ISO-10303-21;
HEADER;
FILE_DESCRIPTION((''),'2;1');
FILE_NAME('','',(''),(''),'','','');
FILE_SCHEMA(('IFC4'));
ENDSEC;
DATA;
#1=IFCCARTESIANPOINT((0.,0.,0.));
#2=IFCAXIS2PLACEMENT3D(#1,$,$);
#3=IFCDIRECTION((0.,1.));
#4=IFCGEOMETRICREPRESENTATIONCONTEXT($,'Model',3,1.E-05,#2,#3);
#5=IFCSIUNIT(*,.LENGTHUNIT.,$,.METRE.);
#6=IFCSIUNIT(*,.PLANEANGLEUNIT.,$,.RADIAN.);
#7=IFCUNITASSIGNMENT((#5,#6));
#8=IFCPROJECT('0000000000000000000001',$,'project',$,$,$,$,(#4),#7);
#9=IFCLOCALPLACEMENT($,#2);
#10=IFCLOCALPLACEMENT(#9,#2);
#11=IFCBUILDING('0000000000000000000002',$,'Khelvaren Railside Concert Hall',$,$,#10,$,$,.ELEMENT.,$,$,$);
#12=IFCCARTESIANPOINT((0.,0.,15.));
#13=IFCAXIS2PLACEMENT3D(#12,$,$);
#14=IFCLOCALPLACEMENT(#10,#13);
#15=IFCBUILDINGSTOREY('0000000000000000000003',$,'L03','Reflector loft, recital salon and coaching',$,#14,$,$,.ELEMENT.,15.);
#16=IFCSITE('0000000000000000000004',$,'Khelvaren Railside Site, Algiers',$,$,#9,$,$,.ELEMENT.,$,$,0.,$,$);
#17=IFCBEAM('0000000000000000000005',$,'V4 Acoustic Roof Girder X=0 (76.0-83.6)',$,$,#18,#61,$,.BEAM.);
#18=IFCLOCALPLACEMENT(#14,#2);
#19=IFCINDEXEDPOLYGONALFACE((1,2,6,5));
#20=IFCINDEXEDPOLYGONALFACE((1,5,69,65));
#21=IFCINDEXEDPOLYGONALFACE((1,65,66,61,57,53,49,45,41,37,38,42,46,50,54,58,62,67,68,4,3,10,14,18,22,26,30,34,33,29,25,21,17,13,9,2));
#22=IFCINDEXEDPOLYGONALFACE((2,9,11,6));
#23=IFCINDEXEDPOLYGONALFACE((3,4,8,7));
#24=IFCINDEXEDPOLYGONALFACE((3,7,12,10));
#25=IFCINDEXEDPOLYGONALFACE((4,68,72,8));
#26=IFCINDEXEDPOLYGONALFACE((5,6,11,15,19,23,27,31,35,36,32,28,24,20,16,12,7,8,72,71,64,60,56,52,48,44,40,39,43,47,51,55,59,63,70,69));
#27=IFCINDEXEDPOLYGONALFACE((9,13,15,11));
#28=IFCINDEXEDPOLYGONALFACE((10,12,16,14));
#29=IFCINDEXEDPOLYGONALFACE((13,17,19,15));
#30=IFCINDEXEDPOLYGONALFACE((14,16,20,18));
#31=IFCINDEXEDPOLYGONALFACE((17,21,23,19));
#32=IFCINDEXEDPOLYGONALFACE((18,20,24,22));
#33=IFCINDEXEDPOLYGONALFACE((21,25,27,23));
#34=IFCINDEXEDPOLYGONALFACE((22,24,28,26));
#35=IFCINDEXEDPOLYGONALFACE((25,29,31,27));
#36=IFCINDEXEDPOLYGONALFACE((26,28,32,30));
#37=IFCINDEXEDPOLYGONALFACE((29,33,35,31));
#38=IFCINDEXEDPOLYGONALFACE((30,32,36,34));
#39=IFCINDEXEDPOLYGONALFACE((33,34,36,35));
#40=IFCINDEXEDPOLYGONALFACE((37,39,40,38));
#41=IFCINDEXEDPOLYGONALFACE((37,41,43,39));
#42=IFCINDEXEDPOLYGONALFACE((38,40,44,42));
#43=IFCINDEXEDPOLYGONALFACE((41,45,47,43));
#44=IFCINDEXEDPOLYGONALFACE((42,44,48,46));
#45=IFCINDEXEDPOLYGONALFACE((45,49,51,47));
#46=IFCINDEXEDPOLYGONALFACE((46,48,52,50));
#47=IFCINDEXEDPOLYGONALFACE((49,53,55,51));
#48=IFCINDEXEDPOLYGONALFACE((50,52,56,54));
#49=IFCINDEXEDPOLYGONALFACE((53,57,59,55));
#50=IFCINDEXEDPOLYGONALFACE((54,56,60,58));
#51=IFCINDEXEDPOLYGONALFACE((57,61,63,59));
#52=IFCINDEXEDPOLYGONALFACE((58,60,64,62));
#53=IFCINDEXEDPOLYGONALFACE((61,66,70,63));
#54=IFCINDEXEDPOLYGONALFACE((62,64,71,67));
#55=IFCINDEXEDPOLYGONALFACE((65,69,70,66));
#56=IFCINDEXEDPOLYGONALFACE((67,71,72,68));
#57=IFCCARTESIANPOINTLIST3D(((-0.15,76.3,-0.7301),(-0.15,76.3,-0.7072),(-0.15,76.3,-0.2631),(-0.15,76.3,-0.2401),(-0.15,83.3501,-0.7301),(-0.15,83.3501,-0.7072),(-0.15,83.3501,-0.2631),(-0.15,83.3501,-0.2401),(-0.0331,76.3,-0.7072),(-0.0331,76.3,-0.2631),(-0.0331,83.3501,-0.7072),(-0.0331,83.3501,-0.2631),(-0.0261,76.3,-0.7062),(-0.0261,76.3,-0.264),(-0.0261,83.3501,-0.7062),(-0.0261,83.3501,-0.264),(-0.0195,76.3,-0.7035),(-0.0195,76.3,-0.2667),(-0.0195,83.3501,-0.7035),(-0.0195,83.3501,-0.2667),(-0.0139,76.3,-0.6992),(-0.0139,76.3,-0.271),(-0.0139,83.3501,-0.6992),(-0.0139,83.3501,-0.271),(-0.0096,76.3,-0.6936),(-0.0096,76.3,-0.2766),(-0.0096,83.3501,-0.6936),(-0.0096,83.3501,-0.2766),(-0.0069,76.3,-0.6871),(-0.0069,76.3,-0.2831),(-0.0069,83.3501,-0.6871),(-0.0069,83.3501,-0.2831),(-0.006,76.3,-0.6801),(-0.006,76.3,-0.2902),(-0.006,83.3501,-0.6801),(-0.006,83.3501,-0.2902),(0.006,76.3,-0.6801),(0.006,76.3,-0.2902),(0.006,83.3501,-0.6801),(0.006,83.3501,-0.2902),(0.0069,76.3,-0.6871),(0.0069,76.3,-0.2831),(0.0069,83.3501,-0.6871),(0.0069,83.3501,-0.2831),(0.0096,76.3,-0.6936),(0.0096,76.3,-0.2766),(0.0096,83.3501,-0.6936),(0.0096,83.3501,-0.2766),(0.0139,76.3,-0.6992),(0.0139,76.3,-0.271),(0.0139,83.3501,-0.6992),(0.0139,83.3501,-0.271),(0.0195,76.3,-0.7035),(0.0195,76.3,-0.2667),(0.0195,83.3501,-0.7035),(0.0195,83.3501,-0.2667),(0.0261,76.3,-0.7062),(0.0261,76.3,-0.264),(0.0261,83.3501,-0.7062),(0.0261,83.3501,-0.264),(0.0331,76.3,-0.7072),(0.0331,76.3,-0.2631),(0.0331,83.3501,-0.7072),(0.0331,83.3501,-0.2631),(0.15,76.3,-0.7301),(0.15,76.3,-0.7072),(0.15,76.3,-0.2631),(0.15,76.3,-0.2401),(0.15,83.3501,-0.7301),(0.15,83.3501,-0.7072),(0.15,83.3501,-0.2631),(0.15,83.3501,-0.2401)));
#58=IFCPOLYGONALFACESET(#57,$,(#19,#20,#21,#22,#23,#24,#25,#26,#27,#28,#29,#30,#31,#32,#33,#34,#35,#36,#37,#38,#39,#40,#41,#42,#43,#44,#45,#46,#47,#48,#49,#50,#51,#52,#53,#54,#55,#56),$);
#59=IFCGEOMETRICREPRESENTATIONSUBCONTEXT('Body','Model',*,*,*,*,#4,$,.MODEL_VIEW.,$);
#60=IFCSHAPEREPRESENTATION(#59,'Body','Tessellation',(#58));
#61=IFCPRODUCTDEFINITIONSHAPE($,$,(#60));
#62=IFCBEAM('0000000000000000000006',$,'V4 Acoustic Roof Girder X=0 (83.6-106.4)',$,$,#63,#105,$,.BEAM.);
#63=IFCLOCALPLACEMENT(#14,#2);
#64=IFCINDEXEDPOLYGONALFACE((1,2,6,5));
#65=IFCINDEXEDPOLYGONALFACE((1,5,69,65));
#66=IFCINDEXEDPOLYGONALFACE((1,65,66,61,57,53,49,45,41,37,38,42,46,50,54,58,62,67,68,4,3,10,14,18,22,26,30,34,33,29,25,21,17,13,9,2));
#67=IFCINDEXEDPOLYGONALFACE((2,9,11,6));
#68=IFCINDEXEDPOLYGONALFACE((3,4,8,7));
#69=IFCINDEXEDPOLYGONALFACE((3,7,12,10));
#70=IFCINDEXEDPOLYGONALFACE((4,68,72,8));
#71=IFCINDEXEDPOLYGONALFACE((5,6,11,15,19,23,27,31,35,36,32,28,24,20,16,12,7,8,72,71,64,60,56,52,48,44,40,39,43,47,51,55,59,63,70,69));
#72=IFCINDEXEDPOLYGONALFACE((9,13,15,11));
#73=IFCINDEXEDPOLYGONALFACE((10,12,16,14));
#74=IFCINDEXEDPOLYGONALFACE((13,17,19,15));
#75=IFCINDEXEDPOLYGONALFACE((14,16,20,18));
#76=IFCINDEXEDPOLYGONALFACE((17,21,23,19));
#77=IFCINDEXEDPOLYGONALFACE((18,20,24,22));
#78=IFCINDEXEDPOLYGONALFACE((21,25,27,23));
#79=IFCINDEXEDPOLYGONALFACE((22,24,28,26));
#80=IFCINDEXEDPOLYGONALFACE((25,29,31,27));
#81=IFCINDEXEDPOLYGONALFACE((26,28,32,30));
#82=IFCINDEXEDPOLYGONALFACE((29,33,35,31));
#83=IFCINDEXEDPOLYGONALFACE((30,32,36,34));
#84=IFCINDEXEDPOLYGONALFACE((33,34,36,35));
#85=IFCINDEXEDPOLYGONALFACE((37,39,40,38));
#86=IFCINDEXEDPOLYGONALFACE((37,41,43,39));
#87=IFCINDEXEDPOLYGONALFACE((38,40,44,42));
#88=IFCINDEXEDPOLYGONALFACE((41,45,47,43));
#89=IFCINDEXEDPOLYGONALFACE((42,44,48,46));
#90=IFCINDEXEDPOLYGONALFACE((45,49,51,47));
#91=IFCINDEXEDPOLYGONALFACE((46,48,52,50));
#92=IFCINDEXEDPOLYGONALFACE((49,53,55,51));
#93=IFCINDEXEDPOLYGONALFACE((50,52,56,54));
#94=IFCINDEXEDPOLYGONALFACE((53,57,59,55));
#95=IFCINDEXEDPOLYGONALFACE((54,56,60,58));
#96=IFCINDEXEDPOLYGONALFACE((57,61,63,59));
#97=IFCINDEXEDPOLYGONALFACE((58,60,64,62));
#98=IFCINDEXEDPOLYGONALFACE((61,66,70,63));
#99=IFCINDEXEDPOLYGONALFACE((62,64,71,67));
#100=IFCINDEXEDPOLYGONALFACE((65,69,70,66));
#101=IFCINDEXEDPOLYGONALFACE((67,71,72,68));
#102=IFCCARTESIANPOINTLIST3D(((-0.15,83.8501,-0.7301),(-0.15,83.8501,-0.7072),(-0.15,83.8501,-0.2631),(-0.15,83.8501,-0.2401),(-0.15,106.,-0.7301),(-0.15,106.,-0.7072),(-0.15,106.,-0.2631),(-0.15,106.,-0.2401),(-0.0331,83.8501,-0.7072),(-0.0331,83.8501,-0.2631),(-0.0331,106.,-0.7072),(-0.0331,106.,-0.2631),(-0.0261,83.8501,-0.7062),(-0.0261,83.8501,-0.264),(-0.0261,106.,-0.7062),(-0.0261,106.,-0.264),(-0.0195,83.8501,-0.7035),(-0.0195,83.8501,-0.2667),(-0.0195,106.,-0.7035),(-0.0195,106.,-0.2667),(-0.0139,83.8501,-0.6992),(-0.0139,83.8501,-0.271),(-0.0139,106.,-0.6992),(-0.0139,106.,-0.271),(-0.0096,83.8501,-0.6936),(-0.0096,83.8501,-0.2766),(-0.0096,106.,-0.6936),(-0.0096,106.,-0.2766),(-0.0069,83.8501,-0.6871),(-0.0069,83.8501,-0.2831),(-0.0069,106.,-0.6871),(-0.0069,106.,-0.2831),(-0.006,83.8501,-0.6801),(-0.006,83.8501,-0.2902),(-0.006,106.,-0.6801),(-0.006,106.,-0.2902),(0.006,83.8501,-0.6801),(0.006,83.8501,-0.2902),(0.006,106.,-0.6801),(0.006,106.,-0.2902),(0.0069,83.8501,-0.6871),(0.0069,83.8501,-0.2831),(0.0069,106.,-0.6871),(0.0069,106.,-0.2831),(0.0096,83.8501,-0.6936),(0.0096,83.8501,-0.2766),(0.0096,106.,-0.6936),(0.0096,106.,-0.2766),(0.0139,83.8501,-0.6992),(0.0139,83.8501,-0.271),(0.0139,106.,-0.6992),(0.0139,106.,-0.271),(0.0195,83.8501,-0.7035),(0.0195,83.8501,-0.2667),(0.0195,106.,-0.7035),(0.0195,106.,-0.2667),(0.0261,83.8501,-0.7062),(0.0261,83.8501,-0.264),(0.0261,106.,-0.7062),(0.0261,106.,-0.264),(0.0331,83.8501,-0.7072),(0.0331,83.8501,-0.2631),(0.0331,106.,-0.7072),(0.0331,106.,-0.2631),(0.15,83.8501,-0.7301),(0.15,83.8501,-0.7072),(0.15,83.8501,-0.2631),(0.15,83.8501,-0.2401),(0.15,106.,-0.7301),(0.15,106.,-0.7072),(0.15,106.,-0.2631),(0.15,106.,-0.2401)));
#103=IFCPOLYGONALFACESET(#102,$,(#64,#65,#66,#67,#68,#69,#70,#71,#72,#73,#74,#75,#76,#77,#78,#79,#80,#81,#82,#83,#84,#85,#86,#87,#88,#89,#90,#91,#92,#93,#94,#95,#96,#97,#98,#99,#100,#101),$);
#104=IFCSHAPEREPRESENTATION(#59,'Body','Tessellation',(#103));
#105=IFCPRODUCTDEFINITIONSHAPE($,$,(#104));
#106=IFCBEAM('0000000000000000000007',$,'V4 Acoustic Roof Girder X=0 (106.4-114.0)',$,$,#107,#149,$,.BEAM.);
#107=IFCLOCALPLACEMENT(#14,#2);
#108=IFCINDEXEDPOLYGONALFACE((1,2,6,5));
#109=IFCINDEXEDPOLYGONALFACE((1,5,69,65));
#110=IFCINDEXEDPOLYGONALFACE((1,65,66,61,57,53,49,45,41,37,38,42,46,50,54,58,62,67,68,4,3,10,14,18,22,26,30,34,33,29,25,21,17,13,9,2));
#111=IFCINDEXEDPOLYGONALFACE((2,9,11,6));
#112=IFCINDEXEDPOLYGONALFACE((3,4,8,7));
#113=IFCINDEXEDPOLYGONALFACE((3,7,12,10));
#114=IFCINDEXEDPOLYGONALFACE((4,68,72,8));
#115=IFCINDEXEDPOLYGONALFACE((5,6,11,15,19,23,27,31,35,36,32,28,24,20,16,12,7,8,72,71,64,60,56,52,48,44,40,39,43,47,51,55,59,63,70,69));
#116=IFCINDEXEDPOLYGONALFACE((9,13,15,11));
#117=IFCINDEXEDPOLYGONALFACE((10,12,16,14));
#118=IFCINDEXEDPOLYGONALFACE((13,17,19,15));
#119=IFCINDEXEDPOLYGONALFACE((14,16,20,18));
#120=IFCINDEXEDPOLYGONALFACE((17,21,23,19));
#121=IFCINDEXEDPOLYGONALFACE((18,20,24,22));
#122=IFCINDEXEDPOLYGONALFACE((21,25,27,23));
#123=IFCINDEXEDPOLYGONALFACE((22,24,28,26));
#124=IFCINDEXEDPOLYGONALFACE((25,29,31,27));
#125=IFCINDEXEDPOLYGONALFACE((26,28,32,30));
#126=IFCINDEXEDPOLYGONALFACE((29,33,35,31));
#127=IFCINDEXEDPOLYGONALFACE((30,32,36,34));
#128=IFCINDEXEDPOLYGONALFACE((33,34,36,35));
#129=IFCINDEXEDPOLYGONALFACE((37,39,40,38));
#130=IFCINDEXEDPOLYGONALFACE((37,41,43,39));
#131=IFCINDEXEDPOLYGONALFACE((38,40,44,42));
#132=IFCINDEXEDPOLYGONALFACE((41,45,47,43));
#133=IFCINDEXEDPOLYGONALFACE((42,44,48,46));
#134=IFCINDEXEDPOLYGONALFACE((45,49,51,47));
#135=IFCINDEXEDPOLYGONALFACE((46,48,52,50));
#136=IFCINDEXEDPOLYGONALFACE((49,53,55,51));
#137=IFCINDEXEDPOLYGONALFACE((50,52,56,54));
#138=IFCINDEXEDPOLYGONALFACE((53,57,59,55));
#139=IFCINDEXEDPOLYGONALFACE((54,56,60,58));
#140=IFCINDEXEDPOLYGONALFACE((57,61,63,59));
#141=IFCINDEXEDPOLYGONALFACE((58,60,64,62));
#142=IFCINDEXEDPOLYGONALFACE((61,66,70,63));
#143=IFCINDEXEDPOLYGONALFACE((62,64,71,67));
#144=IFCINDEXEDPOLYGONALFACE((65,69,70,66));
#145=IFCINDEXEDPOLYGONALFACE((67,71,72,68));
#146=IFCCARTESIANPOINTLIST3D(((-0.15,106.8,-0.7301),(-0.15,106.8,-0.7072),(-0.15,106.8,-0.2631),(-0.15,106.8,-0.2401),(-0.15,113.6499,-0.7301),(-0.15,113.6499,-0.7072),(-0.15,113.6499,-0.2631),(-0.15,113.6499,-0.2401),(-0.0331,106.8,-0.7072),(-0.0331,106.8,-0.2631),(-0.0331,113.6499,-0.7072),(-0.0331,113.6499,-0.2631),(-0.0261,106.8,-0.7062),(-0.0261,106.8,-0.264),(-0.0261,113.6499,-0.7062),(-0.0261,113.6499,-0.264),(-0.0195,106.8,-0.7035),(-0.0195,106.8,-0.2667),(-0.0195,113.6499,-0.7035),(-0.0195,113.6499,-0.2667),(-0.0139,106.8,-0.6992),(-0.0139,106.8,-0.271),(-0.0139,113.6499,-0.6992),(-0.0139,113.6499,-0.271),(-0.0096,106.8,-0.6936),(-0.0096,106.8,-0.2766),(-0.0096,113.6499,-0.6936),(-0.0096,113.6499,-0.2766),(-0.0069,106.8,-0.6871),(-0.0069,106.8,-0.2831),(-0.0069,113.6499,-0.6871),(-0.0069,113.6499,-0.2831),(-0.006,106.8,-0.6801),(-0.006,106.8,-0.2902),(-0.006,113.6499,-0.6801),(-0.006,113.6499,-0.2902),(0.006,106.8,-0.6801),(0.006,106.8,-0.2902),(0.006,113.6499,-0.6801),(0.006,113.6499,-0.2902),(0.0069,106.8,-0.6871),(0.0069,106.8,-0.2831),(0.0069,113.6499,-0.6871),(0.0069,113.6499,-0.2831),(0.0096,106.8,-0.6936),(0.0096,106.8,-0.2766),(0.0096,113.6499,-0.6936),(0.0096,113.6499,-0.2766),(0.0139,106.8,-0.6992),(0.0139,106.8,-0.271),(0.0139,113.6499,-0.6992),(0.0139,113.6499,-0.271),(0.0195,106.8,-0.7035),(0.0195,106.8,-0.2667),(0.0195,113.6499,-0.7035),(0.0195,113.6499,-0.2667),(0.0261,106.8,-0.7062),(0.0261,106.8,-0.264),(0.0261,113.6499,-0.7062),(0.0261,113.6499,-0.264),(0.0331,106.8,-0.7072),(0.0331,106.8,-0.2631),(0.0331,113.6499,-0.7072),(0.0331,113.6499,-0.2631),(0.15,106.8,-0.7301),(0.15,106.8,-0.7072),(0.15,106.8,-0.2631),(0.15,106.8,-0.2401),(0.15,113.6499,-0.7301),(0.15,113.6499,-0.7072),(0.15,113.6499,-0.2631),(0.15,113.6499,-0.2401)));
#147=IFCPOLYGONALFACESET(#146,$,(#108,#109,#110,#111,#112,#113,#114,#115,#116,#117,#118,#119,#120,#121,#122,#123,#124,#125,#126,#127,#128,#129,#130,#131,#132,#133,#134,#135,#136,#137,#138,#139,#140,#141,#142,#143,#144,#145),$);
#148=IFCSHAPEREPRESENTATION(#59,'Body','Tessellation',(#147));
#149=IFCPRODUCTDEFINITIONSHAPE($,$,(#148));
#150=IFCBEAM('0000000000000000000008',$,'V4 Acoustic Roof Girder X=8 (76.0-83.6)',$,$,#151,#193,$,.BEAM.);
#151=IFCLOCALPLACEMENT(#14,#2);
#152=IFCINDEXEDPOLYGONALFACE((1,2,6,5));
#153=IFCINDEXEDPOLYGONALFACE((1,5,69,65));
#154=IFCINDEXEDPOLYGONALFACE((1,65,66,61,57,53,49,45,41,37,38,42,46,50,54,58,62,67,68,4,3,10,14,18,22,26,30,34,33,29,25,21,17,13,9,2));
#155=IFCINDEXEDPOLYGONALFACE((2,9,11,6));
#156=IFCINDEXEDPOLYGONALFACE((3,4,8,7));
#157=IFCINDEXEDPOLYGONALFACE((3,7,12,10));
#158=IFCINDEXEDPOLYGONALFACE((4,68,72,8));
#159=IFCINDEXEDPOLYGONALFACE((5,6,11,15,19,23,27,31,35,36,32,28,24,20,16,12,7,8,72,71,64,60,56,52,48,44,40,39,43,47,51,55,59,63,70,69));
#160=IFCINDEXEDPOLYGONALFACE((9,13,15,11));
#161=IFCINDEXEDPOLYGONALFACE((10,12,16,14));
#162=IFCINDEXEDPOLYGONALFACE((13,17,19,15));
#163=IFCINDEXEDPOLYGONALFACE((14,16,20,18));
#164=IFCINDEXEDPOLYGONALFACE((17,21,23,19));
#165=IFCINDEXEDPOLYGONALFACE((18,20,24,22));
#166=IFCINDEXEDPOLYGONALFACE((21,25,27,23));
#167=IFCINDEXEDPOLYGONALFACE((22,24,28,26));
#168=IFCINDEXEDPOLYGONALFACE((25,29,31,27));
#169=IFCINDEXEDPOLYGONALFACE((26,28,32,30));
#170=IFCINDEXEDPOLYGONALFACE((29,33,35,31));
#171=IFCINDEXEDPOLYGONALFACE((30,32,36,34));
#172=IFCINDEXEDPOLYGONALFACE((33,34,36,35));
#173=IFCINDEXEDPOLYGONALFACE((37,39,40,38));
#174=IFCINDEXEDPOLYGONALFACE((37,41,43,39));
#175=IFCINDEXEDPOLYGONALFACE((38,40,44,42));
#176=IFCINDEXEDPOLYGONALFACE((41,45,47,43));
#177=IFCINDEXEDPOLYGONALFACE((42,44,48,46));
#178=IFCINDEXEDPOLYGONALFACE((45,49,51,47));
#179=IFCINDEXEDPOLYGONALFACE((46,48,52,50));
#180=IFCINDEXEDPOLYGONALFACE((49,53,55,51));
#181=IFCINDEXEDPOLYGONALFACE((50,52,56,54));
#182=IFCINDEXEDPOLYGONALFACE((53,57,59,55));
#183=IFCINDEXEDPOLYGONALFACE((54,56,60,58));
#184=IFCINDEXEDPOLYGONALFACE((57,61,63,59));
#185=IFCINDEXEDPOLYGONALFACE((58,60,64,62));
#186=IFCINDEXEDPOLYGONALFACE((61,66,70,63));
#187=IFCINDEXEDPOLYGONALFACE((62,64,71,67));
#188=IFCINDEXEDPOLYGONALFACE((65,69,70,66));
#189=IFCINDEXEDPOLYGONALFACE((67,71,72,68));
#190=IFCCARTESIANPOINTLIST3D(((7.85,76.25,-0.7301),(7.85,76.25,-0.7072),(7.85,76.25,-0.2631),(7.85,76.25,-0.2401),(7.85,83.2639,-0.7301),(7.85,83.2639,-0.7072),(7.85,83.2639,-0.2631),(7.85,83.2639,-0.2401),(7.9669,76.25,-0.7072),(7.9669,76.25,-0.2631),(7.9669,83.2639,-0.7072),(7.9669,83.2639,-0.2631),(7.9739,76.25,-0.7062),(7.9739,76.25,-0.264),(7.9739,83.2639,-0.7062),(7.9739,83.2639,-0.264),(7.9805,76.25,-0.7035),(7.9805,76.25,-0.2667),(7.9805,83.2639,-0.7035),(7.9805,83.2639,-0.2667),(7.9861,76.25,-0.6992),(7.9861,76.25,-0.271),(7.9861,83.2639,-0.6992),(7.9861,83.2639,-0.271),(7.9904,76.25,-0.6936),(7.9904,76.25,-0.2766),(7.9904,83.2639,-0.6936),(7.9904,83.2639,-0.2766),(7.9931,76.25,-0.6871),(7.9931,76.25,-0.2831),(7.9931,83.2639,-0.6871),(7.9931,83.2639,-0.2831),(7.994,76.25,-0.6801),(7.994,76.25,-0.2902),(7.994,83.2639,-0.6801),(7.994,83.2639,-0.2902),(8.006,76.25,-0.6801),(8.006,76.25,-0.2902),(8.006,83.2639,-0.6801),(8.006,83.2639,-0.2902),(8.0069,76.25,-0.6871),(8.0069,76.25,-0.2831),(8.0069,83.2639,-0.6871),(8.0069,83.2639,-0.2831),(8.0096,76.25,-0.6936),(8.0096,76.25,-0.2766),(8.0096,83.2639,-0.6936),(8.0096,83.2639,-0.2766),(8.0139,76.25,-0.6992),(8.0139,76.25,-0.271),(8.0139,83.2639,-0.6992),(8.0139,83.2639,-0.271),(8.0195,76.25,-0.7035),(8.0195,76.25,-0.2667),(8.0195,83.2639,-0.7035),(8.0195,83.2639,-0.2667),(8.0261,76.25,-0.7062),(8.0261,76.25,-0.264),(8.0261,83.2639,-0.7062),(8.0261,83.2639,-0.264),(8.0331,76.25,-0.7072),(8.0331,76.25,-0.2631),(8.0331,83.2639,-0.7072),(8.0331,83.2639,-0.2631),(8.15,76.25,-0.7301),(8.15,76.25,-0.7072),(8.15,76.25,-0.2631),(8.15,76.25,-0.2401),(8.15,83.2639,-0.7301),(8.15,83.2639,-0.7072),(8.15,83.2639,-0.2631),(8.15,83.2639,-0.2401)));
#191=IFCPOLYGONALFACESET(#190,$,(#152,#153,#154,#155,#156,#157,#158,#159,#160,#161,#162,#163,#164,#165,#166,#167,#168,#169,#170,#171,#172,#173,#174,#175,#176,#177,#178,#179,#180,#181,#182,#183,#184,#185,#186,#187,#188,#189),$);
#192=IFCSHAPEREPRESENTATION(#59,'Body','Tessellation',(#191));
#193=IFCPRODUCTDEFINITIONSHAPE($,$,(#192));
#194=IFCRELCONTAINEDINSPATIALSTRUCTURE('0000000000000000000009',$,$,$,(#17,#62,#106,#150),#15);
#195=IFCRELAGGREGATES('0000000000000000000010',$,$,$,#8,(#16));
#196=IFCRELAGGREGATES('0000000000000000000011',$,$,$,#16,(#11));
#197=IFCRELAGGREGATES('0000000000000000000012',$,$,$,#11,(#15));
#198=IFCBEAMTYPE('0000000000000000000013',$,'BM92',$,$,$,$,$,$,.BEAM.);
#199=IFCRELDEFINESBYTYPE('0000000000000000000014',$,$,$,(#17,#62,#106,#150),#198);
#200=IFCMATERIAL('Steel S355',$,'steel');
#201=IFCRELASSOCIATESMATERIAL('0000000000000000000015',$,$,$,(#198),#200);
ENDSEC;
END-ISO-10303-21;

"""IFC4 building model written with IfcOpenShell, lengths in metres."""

from ifc_helpers import new_model, si_unit, direction, frame, origin, origin_2d, place, context, subcontext, project, spatial, i_section, extrude, material, material_profile, profile_set, type_object, element, save


model = new_model("IFC4")

# Units and contexts
model_context = context("Model", 3, precision=1e-05, world=origin(), true_north=direction((0.0, 1.0)))
body_context = subcontext(model_context, "Body", "Model", "MODEL_VIEW")
ifc_project = project(units=[si_unit("LENGTHUNIT", "METRE"), si_unit("PLANEANGLEUNIT", "RADIAN")], contexts=[model_context])

# Site, building, storey
site_placement = place(None, origin())
site = spatial("IfcSite", under=ifc_project, at=site_placement, Name="Khelvaren Railside Site, Algiers", CompositionType="ELEMENT", RefElevation=0.0)
building_placement = place(site_placement, origin())
building = spatial("IfcBuilding", under=site, at=building_placement, Name="Khelvaren Railside Concert Hall", CompositionType="ELEMENT")
storey_placement = place(building_placement, frame((0.0, 0.0, 15.0)))
storey = spatial("IfcBuildingStorey", under=building, at=storey_placement, Name="L03", Description="Reflector loft, recital salon and coaching", CompositionType="ELEMENT", Elevation=15.0)

# Beams
ifc_material_1 = material(Name="Steel S355", Category="steel")
ifc_material_profile_1 = material_profile(ifc_material_1, i_section(OverallWidth=0.3, OverallDepth=0.49, WebThickness=0.012, FlangeThickness=0.0229, FilletRadius=0.0271, at=origin_2d()), Name="HEA 500")
ifc_profile_set_1 = profile_set([ifc_material_profile_1], Name="Steel S355")
beam_type = type_object("IfcBeamType", Name="BM92", PredefinedType="BEAM", material=ifc_profile_set_1)
beam_1_placement = place(storey_placement, frame((0.0, 76.3, -0.4851), z_axis=(0.0, 1.0, 0.0), x_axis=(-1.0, 0.0, 0.0)))
element("IfcBeam", 1, at=beam_1_placement, inside=storey, type_object=beam_type, Name="V4 Acoustic Roof Girder X=0 (76.0-83.6)", PredefinedType="BEAM", context=body_context, shape_type="SweptSolid", body=[
    extrude(i_section(OverallWidth=0.3, OverallDepth=0.49, WebThickness=0.012, FlangeThickness=0.0229, FilletRadius=0.0271, at=origin_2d()), origin(), (0.0, 0.0, 1.0), 7.05),
])
beam_2_placement = place(storey_placement, frame((0.0, 83.8501, -0.4851), z_axis=(0.0, 1.0, 0.0), x_axis=(-1.0, 0.0, 0.0)))
element("IfcBeam", 2, at=beam_2_placement, inside=storey, type_object=beam_type, Name="V4 Acoustic Roof Girder X=0 (83.6-106.4)", PredefinedType="BEAM", context=body_context, shape_type="SweptSolid", body=[
    extrude(i_section(OverallWidth=0.3, OverallDepth=0.49, WebThickness=0.012, FlangeThickness=0.0229, FilletRadius=0.0271, at=origin_2d()), origin(), (0.0, 0.0, 1.0), 22.1499),
])
beam_3_placement = place(storey_placement, frame((0.0, 106.8, -0.4851), z_axis=(0.0, 1.0, 0.0), x_axis=(-1.0, 0.0, 0.0)))
element("IfcBeam", 3, at=beam_3_placement, inside=storey, type_object=beam_type, Name="V4 Acoustic Roof Girder X=0 (106.4-114.0)", PredefinedType="BEAM", context=body_context, shape_type="SweptSolid", body=[
    extrude(i_section(OverallWidth=0.3, OverallDepth=0.49, WebThickness=0.012, FlangeThickness=0.0229, FilletRadius=0.0271, at=origin_2d()), origin(), (0.0, 0.0, 1.0), 6.8499),
])
beam_4_placement = place(storey_placement, frame((8.0, 76.25, -0.4851), z_axis=(0.0, 1.0, 0.0), x_axis=(-1.0, 0.0, 0.0)))
element("IfcBeam", 4, at=beam_4_placement, inside=storey, type_object=beam_type, Name="V4 Acoustic Roof Girder X=8 (76.0-83.6)", PredefinedType="BEAM", context=body_context, shape_type="SweptSolid", body=[
    extrude(i_section(OverallWidth=0.3, OverallDepth=0.49, WebThickness=0.012, FlangeThickness=0.0229, FilletRadius=0.0271, at=origin_2d()), origin(), (0.0, 0.0, 1.0), 7.0139),
])

save(model, "model.ifc")
